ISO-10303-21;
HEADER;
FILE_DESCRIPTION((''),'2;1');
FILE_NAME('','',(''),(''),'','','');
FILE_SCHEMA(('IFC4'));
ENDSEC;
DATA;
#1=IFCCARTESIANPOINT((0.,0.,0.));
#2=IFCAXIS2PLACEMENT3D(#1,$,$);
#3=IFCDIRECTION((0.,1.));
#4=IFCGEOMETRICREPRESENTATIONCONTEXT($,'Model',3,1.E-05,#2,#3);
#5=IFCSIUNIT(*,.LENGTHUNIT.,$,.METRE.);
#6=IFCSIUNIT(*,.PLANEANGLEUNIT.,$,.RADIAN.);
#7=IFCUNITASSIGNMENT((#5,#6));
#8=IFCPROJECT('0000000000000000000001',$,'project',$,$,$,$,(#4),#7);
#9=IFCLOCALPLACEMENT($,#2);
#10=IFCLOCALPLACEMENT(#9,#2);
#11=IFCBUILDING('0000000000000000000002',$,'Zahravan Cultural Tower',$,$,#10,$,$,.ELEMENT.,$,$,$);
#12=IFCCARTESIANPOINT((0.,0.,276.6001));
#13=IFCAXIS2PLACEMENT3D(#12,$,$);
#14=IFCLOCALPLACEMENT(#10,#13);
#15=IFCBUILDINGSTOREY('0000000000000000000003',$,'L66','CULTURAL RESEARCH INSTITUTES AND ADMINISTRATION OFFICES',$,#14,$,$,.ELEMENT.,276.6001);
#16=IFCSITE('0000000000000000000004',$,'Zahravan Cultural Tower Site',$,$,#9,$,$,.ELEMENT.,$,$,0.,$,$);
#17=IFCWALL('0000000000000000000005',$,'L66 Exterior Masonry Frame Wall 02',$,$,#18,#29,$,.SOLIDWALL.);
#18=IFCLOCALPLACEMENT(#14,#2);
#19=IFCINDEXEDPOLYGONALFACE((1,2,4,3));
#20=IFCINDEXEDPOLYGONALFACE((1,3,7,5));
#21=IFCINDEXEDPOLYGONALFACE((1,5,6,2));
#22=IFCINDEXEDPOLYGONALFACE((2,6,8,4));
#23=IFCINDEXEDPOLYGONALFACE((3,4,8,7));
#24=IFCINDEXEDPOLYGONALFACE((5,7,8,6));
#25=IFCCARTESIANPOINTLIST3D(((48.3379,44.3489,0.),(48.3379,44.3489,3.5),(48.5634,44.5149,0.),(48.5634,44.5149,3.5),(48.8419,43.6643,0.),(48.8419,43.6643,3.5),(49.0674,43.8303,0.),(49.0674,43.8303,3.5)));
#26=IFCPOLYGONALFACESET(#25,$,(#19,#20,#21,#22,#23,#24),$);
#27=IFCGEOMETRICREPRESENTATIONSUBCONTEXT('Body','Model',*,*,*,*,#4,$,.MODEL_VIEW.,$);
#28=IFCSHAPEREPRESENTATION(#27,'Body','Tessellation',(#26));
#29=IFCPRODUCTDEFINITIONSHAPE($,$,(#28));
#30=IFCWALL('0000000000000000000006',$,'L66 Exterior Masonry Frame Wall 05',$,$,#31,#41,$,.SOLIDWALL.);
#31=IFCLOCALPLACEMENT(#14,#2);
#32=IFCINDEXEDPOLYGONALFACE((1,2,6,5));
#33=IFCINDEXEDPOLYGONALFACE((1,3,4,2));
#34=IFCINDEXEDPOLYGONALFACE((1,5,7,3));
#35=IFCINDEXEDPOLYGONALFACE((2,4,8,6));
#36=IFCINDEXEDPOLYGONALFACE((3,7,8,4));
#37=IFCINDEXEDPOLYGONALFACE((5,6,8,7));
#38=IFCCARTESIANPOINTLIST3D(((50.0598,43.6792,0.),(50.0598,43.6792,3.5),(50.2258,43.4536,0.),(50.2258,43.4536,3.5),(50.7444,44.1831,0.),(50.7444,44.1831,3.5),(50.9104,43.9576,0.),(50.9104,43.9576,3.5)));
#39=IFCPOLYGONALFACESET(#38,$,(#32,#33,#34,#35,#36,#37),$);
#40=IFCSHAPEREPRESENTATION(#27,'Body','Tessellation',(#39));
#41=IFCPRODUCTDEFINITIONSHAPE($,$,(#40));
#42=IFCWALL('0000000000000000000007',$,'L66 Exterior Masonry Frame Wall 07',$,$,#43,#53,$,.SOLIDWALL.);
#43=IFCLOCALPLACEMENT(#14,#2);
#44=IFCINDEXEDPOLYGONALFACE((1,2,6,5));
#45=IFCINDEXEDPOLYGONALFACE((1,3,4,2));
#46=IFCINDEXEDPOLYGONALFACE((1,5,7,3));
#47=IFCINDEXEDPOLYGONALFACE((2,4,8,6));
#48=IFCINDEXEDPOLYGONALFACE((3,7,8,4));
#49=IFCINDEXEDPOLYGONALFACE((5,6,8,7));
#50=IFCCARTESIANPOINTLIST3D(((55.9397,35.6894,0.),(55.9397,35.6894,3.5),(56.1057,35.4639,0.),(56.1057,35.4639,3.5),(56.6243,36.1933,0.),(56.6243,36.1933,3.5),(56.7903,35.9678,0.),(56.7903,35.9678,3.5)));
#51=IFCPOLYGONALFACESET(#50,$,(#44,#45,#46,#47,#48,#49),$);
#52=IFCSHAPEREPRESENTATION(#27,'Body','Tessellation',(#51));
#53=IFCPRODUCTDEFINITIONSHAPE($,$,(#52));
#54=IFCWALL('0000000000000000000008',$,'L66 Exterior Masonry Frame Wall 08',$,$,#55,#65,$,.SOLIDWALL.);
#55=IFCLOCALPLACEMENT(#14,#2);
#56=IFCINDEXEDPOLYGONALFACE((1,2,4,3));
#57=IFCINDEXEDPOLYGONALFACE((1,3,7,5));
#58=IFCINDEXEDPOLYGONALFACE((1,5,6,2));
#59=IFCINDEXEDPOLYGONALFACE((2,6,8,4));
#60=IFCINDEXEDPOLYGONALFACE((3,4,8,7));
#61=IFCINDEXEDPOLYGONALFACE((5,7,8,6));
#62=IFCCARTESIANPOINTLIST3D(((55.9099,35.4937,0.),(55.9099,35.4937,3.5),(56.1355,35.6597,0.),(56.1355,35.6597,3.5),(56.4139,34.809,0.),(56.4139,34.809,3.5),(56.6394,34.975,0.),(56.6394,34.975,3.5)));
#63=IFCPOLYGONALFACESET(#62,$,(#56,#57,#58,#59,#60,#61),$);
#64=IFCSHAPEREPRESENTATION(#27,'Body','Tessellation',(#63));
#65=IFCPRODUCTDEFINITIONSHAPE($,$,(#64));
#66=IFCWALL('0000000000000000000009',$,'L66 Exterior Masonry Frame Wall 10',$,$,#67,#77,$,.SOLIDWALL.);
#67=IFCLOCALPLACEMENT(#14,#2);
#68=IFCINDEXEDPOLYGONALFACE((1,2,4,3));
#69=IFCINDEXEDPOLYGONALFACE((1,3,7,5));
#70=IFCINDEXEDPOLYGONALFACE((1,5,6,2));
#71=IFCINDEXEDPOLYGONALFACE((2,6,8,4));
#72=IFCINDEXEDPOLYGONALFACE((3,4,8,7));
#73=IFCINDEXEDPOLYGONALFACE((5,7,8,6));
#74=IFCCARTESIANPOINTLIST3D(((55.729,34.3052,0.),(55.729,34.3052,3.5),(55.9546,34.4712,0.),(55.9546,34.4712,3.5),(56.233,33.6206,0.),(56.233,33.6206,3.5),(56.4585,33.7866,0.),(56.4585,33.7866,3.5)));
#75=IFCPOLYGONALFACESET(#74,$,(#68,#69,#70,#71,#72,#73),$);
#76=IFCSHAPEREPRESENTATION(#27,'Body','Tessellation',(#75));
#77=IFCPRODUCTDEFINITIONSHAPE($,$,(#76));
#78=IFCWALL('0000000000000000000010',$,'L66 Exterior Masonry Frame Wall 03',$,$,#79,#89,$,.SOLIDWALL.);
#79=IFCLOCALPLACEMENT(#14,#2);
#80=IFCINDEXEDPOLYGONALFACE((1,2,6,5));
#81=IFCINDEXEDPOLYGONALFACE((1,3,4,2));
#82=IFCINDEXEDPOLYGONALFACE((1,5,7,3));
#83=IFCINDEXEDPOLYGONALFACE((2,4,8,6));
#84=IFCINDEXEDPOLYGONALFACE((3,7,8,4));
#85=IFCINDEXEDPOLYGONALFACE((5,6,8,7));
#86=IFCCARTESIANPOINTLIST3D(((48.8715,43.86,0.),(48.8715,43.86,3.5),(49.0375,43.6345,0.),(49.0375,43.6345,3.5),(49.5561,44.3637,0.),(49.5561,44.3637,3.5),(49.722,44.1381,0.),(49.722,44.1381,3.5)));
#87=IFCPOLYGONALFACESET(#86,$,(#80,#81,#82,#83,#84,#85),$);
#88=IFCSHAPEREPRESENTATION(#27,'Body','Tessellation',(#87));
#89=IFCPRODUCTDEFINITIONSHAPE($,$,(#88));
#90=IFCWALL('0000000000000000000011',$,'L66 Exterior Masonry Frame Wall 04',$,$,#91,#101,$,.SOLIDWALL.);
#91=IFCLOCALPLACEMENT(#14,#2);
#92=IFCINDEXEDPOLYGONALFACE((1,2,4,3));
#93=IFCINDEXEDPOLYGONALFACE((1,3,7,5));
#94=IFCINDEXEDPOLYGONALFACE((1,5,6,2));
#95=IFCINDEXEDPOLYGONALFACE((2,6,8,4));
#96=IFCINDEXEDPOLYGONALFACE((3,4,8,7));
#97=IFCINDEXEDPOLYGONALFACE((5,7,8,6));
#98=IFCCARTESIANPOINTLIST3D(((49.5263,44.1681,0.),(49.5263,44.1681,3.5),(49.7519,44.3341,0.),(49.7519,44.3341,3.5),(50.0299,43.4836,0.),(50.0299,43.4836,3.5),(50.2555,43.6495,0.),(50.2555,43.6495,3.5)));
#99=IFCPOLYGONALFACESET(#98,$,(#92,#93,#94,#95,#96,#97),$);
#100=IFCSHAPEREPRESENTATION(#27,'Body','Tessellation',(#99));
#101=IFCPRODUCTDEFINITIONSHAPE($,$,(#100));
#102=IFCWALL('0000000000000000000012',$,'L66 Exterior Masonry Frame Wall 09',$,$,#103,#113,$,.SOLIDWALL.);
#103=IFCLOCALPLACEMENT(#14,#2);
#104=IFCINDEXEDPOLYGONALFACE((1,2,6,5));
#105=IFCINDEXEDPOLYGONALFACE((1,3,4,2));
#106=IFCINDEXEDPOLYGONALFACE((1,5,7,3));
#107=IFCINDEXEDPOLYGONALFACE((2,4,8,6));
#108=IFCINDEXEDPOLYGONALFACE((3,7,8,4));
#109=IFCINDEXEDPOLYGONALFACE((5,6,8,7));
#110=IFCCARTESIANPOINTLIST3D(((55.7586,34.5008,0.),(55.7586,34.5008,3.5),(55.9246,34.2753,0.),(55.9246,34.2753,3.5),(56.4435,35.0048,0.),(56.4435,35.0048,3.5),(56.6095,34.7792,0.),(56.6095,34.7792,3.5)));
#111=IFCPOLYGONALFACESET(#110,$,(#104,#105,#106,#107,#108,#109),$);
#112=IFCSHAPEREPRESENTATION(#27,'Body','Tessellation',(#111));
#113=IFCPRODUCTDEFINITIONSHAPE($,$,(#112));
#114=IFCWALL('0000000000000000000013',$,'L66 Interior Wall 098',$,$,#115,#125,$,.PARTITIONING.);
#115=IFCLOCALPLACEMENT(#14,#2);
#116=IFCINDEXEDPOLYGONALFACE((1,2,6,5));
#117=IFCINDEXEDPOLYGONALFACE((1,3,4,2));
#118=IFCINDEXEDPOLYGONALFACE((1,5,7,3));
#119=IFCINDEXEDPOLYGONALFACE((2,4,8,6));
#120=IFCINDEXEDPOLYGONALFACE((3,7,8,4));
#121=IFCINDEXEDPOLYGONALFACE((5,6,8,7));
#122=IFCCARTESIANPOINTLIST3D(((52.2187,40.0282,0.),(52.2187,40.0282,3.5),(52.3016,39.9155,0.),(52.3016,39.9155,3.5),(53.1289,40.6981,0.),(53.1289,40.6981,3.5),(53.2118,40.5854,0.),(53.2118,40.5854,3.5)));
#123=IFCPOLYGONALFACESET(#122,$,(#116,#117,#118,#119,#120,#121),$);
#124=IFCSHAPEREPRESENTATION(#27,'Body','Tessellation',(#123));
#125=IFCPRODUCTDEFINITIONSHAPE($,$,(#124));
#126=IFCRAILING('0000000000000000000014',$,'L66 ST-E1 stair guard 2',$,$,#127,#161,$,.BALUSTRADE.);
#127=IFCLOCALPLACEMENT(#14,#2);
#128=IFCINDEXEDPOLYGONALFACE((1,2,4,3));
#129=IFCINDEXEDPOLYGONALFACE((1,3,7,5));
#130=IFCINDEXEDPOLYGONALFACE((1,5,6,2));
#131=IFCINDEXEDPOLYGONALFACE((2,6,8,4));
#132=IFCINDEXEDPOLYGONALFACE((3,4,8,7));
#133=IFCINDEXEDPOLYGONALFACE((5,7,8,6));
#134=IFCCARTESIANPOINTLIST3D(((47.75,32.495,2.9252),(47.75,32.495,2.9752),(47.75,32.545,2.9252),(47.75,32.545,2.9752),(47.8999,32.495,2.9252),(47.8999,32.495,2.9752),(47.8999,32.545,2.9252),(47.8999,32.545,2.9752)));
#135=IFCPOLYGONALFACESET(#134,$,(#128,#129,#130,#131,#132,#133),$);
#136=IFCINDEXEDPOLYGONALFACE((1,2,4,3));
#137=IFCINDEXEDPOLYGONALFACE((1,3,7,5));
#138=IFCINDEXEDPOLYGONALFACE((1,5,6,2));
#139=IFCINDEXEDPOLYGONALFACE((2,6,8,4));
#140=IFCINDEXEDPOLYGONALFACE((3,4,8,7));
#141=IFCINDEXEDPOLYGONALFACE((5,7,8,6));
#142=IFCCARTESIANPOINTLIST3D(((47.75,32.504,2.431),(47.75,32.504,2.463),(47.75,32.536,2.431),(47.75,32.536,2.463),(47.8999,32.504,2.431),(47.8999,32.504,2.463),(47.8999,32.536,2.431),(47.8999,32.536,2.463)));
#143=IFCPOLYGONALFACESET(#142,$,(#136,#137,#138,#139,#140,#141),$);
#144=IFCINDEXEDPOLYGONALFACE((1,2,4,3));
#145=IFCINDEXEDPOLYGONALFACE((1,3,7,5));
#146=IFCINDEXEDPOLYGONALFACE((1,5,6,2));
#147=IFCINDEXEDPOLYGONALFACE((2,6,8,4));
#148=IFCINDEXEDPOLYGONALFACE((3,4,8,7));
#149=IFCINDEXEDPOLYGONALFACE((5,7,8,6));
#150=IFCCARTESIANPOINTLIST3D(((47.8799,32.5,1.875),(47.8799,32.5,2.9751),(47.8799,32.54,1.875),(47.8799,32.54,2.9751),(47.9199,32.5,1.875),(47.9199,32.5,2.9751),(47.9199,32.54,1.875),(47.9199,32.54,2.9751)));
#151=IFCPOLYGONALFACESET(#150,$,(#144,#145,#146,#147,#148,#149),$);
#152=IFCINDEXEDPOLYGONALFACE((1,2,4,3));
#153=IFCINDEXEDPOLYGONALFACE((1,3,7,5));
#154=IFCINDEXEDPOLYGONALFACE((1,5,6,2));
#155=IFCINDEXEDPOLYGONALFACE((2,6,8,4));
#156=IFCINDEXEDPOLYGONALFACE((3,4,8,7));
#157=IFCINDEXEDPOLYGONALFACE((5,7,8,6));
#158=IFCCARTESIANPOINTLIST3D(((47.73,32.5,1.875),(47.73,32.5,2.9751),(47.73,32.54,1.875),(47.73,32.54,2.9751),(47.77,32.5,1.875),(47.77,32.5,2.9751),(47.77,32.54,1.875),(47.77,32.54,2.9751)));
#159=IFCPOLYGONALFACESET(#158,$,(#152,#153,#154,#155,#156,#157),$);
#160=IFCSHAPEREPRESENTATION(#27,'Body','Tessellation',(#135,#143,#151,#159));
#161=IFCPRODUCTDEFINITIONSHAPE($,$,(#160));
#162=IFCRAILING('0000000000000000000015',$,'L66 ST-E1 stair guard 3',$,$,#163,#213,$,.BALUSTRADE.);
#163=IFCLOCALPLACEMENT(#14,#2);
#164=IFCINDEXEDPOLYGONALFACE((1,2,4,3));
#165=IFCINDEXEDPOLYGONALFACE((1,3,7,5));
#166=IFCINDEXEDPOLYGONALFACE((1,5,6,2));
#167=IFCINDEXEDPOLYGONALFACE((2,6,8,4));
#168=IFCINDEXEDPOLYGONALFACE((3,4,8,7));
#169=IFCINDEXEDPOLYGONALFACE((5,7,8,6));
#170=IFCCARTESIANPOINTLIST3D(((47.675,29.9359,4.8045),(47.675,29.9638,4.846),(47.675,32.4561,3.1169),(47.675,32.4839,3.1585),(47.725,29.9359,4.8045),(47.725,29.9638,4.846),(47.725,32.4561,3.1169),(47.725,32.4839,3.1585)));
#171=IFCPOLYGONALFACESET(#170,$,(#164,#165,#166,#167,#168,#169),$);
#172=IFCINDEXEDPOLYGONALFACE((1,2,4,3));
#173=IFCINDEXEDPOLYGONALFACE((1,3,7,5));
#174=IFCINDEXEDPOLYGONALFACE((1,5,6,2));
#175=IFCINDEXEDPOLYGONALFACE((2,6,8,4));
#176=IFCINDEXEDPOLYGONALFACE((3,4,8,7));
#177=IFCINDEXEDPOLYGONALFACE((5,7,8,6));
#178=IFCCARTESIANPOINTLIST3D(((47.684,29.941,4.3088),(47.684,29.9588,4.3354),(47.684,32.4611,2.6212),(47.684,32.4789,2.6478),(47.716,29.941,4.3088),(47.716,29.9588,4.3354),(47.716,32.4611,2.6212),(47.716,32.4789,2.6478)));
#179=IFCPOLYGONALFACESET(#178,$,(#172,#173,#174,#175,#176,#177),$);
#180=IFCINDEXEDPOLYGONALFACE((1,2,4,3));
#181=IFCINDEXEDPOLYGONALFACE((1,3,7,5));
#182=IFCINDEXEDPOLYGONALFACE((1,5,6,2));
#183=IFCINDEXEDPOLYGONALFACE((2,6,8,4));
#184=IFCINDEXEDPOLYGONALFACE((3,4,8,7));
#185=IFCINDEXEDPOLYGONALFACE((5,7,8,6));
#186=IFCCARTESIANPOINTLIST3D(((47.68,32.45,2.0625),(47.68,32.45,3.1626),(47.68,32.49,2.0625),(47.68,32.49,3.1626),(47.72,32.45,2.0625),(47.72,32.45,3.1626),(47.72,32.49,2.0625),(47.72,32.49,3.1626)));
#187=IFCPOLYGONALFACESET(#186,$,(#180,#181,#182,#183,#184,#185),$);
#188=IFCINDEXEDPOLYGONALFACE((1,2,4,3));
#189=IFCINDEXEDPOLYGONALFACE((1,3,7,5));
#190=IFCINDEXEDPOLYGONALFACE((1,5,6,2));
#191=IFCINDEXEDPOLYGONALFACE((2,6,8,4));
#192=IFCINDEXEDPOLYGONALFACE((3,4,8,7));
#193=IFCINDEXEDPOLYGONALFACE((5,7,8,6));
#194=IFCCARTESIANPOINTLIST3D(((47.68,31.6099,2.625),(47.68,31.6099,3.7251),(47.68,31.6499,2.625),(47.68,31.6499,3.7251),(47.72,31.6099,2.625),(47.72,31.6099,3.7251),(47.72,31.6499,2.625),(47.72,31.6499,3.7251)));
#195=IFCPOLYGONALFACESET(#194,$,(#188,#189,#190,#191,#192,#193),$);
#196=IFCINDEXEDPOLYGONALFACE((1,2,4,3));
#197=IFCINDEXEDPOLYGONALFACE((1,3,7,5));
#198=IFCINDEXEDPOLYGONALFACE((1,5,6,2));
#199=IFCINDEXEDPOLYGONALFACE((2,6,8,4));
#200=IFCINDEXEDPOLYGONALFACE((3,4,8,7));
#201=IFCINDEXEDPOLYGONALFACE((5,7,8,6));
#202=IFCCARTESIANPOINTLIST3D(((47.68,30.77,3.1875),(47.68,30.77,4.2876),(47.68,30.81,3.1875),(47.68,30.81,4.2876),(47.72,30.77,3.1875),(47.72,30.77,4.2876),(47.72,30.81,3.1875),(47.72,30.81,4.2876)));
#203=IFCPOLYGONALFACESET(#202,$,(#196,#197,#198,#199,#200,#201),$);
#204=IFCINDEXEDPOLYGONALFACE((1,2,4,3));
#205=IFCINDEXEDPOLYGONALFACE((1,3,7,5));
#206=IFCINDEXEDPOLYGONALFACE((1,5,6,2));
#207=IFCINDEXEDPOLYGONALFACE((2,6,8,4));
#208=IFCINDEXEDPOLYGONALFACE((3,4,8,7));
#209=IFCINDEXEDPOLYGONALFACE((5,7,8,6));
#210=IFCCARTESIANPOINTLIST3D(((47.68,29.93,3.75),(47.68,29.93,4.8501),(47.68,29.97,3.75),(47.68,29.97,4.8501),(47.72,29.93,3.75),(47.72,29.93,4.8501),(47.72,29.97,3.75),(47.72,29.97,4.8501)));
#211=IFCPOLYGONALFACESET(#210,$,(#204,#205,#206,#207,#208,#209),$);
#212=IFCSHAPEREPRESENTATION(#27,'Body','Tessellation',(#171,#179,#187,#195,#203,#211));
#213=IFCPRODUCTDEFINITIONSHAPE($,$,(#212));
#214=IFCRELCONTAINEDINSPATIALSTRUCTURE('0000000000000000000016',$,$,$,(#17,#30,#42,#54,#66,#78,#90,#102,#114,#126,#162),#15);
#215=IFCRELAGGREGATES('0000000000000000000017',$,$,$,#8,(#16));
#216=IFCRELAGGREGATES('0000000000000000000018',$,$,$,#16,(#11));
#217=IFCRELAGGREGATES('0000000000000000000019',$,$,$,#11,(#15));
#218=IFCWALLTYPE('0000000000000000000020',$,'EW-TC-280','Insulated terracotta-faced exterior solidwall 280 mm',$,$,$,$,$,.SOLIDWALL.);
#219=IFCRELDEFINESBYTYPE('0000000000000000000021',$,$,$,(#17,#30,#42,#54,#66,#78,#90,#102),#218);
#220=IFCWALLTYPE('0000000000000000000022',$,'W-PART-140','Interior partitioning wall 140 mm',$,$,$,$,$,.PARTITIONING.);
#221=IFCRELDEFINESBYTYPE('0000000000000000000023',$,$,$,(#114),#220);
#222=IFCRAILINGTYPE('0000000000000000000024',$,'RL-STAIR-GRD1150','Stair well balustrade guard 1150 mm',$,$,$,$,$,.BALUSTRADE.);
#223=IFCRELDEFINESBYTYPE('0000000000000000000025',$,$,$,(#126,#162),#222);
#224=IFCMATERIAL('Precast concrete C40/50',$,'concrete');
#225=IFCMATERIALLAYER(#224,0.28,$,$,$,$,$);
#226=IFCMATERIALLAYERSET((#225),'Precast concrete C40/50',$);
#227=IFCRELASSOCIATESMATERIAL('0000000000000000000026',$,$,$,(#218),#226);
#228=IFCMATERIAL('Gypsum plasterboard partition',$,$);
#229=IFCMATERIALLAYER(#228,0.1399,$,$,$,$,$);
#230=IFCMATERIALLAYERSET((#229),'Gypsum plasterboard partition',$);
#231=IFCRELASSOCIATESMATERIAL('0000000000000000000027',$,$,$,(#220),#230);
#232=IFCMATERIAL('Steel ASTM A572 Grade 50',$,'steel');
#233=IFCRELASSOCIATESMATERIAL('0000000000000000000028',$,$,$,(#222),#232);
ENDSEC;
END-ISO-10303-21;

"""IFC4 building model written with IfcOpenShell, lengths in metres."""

from ifc_helpers import new_model, si_unit, direction, frame, frame_2d, origin, origin_2d, place, context, subcontext, project, spatial, rectangle, extrude, source, transform, mapped, material, layer, layer_set, type_object, element, save


model = new_model("IFC4")

# Units and contexts
model_context = context("Model", 3, precision=1e-05, world=origin(), true_north=direction((0.0, 1.0)))
body_context = subcontext(model_context, "Body", "Model", "MODEL_VIEW")
ifc_project = project(units=[si_unit("LENGTHUNIT", "METRE"), si_unit("PLANEANGLEUNIT", "RADIAN")], contexts=[model_context])

# Site, building, storey
site_placement = place(None, origin())
site = spatial("IfcSite", under=ifc_project, at=site_placement, Name="Zahravan Cultural Tower Site", CompositionType="ELEMENT", RefElevation=0.0)
building_placement = place(site_placement, origin())
building = spatial("IfcBuilding", under=site, at=building_placement, Name="Zahravan Cultural Tower", CompositionType="ELEMENT")
storey_placement = place(building_placement, frame((0.0, 0.0, 276.6001)))
storey = spatial("IfcBuildingStorey", under=building, at=storey_placement, Name="L66", Description="CULTURAL RESEARCH INSTITUTES AND ADMINISTRATION OFFICES", CompositionType="ELEMENT", Elevation=276.6001)

# Shared definitions
ifc_material_1 = material(Name="Precast concrete C40/50", Category="concrete")
ifc_layer_1 = layer(ifc_material_1, 0.28)
ifc_layer_set_1 = layer_set([ifc_layer_1], Name="Precast concrete C40/50")
wall_type_1 = type_object("IfcWallType", Name="EW-TC-280", Description="Insulated terracotta-faced exterior solidwall 280 mm", PredefinedType="SOLIDWALL", material=ifc_layer_set_1)

# Walls
shared_shape_1 = source(origin(), body_context, "Body", "SweptSolid", [
    extrude(rectangle(XDim=0.8501, YDim=0.28, at=frame_2d((0.425, 0.0))), origin(), (0.0, 0.0, 1.0), 3.5),
])
for number, where, z_axis, x_axis, name in (
    (1, (48.4507, 44.4319, 0.0), (0.0, 0.0, 1.0), (0.592807, -0.805345, 0.0), "L66 Exterior Masonry Frame Wall 02"),
    (2, (50.1428, 43.5664, 0.0), (0.0, 0.0, 1.0), (0.805345, 0.592807, 0.0), "L66 Exterior Masonry Frame Wall 05"),
    (3, (56.7073, 36.0806, 0.0), (0.0, 0.0, 1.0), (-0.805345, -0.592807, 0.0), "L66 Exterior Masonry Frame Wall 07"),
    (4, (56.0227, 35.5767, 0.0), (0.0, 0.0, 1.0), (0.592807, -0.805345, 0.0), "L66 Exterior Masonry Frame Wall 08"),
    (5, (55.8418, 34.3882, 0.0), (0.0, 0.0, 1.0), (0.592807, -0.805345, 0.0), "L66 Exterior Masonry Frame Wall 10"),
):
    element("IfcWall", number, at=place(storey_placement, frame(where, z_axis=z_axis, x_axis=x_axis)), inside=storey, type_object=wall_type_1, Name=name, PredefinedType="SOLIDWALL", context=body_context, shape_type="MappedRepresentation", body=[
        mapped(shared_shape_1, transform((0.0, 0.0, 0.0), x_axis=(1.0, 0.0, 0.0), y_axis=(0.0, 1.0, 0.0), z_axis=(0.0, 0.0, 1.0), scale=1.0)),
    ])
shared_shape_2 = source(origin(), body_context, "Body", "SweptSolid", [
    extrude(rectangle(XDim=0.8499, YDim=0.28, at=frame_2d((0.4248, 0.0))), origin(), (0.0, 0.0, 1.0), 3.5),
])
for number, where, z_axis, x_axis, name in (
    (6, (48.9546, 43.7473, 0.0), (0.0, 0.0, 1.0), (0.805482, 0.592621, 0.0), "L66 Exterior Masonry Frame Wall 03"),
    (7, (49.6392, 44.251, 0.0), (0.0, 0.0, 1.0), (0.592621, -0.805482, 0.0), "L66 Exterior Masonry Frame Wall 04"),
):
    element("IfcWall", number, at=place(storey_placement, frame(where, z_axis=z_axis, x_axis=x_axis)), inside=storey, type_object=wall_type_1, Name=name, PredefinedType="SOLIDWALL", context=body_context, shape_type="MappedRepresentation", body=[
        mapped(shared_shape_2, transform((0.0, 0.0, 0.0), x_axis=(1.0, 0.0, 0.0), y_axis=(0.0, 1.0, 0.0), z_axis=(0.0, 0.0, 1.0), scale=1.0)),
    ])
shared_shape_3 = source(origin(), body_context, "Body", "SweptSolid", [
    extrude(rectangle(XDim=0.8503, YDim=0.28, at=frame_2d((0.4253, 0.0))), origin(), (0.0, 0.0, 1.0), 3.5),
])
wall_1_placement = place(storey_placement, frame((56.5266, 34.8921, 0.0), z_axis=(0.0, 0.0, 1.0), x_axis=(-0.805445, -0.59267, 0.0)))
element("IfcWall", 8, at=wall_1_placement, inside=storey, type_object=wall_type_1, Name="L66 Exterior Masonry Frame Wall 09", PredefinedType="SOLIDWALL", context=body_context, shape_type="MappedRepresentation", body=[
    mapped(shared_shape_3, transform((0.0, 0.0, 0.0), x_axis=(1.0, 0.0, 0.0), y_axis=(0.0, 1.0, 0.0), z_axis=(0.0, 0.0, 1.0), scale=1.0)),
])
ifc_material_2 = material(Name="Gypsum plasterboard partition")
ifc_layer_2 = layer(ifc_material_2, 0.1399)
ifc_layer_set_2 = layer_set([ifc_layer_2], Name="Gypsum plasterboard partition")
wall_type_2 = type_object("IfcWallType", Name="W-PART-140", Description="Interior partitioning wall 140 mm", PredefinedType="PARTITIONING", material=ifc_layer_set_2)
shared_shape_4 = source(origin(), body_context, "Body", "SweptSolid", [
    extrude(rectangle(XDim=1.1301, YDim=0.1399, at=frame_2d((0.5649, 0.0))), origin(), (0.0, 0.0, 1.0), 3.5),
])
wall_2_placement = place(storey_placement, frame((52.2603, 39.9719, 0.0), z_axis=(0.0, 0.0, 1.0), x_axis=(0.80536, 0.592786, 0.0)))
element("IfcWall", 9, at=wall_2_placement, inside=storey, type_object=wall_type_2, Name="L66 Interior Wall 098", PredefinedType="PARTITIONING", context=body_context, shape_type="MappedRepresentation", body=[
    mapped(shared_shape_4, transform((0.0, 0.0, 0.0), x_axis=(1.0, 0.0, 0.0), y_axis=(0.0, 1.0, 0.0), z_axis=(0.0, 0.0, 1.0), scale=1.0)),
])

# Railings
ifc_material_3 = material(Name="Steel ASTM A572 Grade 50", Category="steel")
railing_type = type_object("IfcRailingType", Name="RL-STAIR-GRD1150", Description="Stair well balustrade guard 1150 mm", PredefinedType="BALUSTRADE", material=ifc_material_3)
railing_1_placement = place(storey_placement, frame((47.8999, 32.52, 1.875)))
element("IfcRailing", 10, at=railing_1_placement, inside=storey, type_object=railing_type, Name="L66 ST-E1 stair guard 2", PredefinedType="BALUSTRADE", context=body_context, shape_type="SweptSolid", body=[
    extrude(rectangle(XDim=0.05, YDim=0.05, at=origin_2d()), frame((0.0, 0.0, 1.0752), z_axis=(-1.0, 0.0, 0.0), x_axis=(0.0, -1.0, 0.0)), (0.0, 0.0, 1.0), 0.1499),
    extrude(rectangle(XDim=0.032, YDim=0.032, at=origin_2d()), frame((0.0, 0.0, 0.572), z_axis=(-1.0, 0.0, 0.0), x_axis=(0.0, -1.0, 0.0)), (0.0, 0.0, 1.0), 0.1499),
    extrude(rectangle(XDim=0.04, YDim=0.04, at=origin_2d()), origin(), (0.0, 0.0, 1.0), 1.1001),
    extrude(rectangle(XDim=0.04, YDim=0.04, at=origin_2d()), frame((-0.1499, 0.0, 0.0)), (0.0, 0.0, 1.0), 1.1001),
])
railing_2_placement = place(storey_placement, frame((47.7, 32.47, 2.0625)))
element("IfcRailing", 11, at=railing_2_placement, inside=storey, type_object=railing_type, Name="L66 ST-E1 stair guard 3", PredefinedType="BALUSTRADE", context=body_context, shape_type="SweptSolid", body=[
    extrude(rectangle(XDim=0.05, YDim=0.05, at=origin_2d()), frame((0.0, 0.0, 1.0752), z_axis=(0.0, -0.830909, 0.556408), x_axis=(1.0, 0.0, 0.0)), (0.0, 0.0, 1.0), 3.033),
    extrude(rectangle(XDim=0.032, YDim=0.032, at=origin_2d()), frame((0.0, 0.0, 0.572), z_axis=(0.0, -0.830909, 0.556408), x_axis=(1.0, 0.0, 0.0)), (0.0, 0.0, 1.0), 3.033),
    extrude(rectangle(XDim=0.04, YDim=0.04, at=origin_2d()), origin(), (0.0, 0.0, 1.0), 1.1001),
    extrude(rectangle(XDim=0.04, YDim=0.04, at=origin_2d()), frame((0.0, -0.8401, 0.5625)), (0.0, 0.0, 1.0), 1.1001),
    extrude(rectangle(XDim=0.04, YDim=0.04, at=origin_2d()), frame((0.0, -1.6799, 1.125)), (0.0, 0.0, 1.0), 1.1001),
    extrude(rectangle(XDim=0.04, YDim=0.04, at=origin_2d()), frame((0.0, -2.52, 1.6875)), (0.0, 0.0, 1.0), 1.1001),
])

save(model, "model.ifc")
